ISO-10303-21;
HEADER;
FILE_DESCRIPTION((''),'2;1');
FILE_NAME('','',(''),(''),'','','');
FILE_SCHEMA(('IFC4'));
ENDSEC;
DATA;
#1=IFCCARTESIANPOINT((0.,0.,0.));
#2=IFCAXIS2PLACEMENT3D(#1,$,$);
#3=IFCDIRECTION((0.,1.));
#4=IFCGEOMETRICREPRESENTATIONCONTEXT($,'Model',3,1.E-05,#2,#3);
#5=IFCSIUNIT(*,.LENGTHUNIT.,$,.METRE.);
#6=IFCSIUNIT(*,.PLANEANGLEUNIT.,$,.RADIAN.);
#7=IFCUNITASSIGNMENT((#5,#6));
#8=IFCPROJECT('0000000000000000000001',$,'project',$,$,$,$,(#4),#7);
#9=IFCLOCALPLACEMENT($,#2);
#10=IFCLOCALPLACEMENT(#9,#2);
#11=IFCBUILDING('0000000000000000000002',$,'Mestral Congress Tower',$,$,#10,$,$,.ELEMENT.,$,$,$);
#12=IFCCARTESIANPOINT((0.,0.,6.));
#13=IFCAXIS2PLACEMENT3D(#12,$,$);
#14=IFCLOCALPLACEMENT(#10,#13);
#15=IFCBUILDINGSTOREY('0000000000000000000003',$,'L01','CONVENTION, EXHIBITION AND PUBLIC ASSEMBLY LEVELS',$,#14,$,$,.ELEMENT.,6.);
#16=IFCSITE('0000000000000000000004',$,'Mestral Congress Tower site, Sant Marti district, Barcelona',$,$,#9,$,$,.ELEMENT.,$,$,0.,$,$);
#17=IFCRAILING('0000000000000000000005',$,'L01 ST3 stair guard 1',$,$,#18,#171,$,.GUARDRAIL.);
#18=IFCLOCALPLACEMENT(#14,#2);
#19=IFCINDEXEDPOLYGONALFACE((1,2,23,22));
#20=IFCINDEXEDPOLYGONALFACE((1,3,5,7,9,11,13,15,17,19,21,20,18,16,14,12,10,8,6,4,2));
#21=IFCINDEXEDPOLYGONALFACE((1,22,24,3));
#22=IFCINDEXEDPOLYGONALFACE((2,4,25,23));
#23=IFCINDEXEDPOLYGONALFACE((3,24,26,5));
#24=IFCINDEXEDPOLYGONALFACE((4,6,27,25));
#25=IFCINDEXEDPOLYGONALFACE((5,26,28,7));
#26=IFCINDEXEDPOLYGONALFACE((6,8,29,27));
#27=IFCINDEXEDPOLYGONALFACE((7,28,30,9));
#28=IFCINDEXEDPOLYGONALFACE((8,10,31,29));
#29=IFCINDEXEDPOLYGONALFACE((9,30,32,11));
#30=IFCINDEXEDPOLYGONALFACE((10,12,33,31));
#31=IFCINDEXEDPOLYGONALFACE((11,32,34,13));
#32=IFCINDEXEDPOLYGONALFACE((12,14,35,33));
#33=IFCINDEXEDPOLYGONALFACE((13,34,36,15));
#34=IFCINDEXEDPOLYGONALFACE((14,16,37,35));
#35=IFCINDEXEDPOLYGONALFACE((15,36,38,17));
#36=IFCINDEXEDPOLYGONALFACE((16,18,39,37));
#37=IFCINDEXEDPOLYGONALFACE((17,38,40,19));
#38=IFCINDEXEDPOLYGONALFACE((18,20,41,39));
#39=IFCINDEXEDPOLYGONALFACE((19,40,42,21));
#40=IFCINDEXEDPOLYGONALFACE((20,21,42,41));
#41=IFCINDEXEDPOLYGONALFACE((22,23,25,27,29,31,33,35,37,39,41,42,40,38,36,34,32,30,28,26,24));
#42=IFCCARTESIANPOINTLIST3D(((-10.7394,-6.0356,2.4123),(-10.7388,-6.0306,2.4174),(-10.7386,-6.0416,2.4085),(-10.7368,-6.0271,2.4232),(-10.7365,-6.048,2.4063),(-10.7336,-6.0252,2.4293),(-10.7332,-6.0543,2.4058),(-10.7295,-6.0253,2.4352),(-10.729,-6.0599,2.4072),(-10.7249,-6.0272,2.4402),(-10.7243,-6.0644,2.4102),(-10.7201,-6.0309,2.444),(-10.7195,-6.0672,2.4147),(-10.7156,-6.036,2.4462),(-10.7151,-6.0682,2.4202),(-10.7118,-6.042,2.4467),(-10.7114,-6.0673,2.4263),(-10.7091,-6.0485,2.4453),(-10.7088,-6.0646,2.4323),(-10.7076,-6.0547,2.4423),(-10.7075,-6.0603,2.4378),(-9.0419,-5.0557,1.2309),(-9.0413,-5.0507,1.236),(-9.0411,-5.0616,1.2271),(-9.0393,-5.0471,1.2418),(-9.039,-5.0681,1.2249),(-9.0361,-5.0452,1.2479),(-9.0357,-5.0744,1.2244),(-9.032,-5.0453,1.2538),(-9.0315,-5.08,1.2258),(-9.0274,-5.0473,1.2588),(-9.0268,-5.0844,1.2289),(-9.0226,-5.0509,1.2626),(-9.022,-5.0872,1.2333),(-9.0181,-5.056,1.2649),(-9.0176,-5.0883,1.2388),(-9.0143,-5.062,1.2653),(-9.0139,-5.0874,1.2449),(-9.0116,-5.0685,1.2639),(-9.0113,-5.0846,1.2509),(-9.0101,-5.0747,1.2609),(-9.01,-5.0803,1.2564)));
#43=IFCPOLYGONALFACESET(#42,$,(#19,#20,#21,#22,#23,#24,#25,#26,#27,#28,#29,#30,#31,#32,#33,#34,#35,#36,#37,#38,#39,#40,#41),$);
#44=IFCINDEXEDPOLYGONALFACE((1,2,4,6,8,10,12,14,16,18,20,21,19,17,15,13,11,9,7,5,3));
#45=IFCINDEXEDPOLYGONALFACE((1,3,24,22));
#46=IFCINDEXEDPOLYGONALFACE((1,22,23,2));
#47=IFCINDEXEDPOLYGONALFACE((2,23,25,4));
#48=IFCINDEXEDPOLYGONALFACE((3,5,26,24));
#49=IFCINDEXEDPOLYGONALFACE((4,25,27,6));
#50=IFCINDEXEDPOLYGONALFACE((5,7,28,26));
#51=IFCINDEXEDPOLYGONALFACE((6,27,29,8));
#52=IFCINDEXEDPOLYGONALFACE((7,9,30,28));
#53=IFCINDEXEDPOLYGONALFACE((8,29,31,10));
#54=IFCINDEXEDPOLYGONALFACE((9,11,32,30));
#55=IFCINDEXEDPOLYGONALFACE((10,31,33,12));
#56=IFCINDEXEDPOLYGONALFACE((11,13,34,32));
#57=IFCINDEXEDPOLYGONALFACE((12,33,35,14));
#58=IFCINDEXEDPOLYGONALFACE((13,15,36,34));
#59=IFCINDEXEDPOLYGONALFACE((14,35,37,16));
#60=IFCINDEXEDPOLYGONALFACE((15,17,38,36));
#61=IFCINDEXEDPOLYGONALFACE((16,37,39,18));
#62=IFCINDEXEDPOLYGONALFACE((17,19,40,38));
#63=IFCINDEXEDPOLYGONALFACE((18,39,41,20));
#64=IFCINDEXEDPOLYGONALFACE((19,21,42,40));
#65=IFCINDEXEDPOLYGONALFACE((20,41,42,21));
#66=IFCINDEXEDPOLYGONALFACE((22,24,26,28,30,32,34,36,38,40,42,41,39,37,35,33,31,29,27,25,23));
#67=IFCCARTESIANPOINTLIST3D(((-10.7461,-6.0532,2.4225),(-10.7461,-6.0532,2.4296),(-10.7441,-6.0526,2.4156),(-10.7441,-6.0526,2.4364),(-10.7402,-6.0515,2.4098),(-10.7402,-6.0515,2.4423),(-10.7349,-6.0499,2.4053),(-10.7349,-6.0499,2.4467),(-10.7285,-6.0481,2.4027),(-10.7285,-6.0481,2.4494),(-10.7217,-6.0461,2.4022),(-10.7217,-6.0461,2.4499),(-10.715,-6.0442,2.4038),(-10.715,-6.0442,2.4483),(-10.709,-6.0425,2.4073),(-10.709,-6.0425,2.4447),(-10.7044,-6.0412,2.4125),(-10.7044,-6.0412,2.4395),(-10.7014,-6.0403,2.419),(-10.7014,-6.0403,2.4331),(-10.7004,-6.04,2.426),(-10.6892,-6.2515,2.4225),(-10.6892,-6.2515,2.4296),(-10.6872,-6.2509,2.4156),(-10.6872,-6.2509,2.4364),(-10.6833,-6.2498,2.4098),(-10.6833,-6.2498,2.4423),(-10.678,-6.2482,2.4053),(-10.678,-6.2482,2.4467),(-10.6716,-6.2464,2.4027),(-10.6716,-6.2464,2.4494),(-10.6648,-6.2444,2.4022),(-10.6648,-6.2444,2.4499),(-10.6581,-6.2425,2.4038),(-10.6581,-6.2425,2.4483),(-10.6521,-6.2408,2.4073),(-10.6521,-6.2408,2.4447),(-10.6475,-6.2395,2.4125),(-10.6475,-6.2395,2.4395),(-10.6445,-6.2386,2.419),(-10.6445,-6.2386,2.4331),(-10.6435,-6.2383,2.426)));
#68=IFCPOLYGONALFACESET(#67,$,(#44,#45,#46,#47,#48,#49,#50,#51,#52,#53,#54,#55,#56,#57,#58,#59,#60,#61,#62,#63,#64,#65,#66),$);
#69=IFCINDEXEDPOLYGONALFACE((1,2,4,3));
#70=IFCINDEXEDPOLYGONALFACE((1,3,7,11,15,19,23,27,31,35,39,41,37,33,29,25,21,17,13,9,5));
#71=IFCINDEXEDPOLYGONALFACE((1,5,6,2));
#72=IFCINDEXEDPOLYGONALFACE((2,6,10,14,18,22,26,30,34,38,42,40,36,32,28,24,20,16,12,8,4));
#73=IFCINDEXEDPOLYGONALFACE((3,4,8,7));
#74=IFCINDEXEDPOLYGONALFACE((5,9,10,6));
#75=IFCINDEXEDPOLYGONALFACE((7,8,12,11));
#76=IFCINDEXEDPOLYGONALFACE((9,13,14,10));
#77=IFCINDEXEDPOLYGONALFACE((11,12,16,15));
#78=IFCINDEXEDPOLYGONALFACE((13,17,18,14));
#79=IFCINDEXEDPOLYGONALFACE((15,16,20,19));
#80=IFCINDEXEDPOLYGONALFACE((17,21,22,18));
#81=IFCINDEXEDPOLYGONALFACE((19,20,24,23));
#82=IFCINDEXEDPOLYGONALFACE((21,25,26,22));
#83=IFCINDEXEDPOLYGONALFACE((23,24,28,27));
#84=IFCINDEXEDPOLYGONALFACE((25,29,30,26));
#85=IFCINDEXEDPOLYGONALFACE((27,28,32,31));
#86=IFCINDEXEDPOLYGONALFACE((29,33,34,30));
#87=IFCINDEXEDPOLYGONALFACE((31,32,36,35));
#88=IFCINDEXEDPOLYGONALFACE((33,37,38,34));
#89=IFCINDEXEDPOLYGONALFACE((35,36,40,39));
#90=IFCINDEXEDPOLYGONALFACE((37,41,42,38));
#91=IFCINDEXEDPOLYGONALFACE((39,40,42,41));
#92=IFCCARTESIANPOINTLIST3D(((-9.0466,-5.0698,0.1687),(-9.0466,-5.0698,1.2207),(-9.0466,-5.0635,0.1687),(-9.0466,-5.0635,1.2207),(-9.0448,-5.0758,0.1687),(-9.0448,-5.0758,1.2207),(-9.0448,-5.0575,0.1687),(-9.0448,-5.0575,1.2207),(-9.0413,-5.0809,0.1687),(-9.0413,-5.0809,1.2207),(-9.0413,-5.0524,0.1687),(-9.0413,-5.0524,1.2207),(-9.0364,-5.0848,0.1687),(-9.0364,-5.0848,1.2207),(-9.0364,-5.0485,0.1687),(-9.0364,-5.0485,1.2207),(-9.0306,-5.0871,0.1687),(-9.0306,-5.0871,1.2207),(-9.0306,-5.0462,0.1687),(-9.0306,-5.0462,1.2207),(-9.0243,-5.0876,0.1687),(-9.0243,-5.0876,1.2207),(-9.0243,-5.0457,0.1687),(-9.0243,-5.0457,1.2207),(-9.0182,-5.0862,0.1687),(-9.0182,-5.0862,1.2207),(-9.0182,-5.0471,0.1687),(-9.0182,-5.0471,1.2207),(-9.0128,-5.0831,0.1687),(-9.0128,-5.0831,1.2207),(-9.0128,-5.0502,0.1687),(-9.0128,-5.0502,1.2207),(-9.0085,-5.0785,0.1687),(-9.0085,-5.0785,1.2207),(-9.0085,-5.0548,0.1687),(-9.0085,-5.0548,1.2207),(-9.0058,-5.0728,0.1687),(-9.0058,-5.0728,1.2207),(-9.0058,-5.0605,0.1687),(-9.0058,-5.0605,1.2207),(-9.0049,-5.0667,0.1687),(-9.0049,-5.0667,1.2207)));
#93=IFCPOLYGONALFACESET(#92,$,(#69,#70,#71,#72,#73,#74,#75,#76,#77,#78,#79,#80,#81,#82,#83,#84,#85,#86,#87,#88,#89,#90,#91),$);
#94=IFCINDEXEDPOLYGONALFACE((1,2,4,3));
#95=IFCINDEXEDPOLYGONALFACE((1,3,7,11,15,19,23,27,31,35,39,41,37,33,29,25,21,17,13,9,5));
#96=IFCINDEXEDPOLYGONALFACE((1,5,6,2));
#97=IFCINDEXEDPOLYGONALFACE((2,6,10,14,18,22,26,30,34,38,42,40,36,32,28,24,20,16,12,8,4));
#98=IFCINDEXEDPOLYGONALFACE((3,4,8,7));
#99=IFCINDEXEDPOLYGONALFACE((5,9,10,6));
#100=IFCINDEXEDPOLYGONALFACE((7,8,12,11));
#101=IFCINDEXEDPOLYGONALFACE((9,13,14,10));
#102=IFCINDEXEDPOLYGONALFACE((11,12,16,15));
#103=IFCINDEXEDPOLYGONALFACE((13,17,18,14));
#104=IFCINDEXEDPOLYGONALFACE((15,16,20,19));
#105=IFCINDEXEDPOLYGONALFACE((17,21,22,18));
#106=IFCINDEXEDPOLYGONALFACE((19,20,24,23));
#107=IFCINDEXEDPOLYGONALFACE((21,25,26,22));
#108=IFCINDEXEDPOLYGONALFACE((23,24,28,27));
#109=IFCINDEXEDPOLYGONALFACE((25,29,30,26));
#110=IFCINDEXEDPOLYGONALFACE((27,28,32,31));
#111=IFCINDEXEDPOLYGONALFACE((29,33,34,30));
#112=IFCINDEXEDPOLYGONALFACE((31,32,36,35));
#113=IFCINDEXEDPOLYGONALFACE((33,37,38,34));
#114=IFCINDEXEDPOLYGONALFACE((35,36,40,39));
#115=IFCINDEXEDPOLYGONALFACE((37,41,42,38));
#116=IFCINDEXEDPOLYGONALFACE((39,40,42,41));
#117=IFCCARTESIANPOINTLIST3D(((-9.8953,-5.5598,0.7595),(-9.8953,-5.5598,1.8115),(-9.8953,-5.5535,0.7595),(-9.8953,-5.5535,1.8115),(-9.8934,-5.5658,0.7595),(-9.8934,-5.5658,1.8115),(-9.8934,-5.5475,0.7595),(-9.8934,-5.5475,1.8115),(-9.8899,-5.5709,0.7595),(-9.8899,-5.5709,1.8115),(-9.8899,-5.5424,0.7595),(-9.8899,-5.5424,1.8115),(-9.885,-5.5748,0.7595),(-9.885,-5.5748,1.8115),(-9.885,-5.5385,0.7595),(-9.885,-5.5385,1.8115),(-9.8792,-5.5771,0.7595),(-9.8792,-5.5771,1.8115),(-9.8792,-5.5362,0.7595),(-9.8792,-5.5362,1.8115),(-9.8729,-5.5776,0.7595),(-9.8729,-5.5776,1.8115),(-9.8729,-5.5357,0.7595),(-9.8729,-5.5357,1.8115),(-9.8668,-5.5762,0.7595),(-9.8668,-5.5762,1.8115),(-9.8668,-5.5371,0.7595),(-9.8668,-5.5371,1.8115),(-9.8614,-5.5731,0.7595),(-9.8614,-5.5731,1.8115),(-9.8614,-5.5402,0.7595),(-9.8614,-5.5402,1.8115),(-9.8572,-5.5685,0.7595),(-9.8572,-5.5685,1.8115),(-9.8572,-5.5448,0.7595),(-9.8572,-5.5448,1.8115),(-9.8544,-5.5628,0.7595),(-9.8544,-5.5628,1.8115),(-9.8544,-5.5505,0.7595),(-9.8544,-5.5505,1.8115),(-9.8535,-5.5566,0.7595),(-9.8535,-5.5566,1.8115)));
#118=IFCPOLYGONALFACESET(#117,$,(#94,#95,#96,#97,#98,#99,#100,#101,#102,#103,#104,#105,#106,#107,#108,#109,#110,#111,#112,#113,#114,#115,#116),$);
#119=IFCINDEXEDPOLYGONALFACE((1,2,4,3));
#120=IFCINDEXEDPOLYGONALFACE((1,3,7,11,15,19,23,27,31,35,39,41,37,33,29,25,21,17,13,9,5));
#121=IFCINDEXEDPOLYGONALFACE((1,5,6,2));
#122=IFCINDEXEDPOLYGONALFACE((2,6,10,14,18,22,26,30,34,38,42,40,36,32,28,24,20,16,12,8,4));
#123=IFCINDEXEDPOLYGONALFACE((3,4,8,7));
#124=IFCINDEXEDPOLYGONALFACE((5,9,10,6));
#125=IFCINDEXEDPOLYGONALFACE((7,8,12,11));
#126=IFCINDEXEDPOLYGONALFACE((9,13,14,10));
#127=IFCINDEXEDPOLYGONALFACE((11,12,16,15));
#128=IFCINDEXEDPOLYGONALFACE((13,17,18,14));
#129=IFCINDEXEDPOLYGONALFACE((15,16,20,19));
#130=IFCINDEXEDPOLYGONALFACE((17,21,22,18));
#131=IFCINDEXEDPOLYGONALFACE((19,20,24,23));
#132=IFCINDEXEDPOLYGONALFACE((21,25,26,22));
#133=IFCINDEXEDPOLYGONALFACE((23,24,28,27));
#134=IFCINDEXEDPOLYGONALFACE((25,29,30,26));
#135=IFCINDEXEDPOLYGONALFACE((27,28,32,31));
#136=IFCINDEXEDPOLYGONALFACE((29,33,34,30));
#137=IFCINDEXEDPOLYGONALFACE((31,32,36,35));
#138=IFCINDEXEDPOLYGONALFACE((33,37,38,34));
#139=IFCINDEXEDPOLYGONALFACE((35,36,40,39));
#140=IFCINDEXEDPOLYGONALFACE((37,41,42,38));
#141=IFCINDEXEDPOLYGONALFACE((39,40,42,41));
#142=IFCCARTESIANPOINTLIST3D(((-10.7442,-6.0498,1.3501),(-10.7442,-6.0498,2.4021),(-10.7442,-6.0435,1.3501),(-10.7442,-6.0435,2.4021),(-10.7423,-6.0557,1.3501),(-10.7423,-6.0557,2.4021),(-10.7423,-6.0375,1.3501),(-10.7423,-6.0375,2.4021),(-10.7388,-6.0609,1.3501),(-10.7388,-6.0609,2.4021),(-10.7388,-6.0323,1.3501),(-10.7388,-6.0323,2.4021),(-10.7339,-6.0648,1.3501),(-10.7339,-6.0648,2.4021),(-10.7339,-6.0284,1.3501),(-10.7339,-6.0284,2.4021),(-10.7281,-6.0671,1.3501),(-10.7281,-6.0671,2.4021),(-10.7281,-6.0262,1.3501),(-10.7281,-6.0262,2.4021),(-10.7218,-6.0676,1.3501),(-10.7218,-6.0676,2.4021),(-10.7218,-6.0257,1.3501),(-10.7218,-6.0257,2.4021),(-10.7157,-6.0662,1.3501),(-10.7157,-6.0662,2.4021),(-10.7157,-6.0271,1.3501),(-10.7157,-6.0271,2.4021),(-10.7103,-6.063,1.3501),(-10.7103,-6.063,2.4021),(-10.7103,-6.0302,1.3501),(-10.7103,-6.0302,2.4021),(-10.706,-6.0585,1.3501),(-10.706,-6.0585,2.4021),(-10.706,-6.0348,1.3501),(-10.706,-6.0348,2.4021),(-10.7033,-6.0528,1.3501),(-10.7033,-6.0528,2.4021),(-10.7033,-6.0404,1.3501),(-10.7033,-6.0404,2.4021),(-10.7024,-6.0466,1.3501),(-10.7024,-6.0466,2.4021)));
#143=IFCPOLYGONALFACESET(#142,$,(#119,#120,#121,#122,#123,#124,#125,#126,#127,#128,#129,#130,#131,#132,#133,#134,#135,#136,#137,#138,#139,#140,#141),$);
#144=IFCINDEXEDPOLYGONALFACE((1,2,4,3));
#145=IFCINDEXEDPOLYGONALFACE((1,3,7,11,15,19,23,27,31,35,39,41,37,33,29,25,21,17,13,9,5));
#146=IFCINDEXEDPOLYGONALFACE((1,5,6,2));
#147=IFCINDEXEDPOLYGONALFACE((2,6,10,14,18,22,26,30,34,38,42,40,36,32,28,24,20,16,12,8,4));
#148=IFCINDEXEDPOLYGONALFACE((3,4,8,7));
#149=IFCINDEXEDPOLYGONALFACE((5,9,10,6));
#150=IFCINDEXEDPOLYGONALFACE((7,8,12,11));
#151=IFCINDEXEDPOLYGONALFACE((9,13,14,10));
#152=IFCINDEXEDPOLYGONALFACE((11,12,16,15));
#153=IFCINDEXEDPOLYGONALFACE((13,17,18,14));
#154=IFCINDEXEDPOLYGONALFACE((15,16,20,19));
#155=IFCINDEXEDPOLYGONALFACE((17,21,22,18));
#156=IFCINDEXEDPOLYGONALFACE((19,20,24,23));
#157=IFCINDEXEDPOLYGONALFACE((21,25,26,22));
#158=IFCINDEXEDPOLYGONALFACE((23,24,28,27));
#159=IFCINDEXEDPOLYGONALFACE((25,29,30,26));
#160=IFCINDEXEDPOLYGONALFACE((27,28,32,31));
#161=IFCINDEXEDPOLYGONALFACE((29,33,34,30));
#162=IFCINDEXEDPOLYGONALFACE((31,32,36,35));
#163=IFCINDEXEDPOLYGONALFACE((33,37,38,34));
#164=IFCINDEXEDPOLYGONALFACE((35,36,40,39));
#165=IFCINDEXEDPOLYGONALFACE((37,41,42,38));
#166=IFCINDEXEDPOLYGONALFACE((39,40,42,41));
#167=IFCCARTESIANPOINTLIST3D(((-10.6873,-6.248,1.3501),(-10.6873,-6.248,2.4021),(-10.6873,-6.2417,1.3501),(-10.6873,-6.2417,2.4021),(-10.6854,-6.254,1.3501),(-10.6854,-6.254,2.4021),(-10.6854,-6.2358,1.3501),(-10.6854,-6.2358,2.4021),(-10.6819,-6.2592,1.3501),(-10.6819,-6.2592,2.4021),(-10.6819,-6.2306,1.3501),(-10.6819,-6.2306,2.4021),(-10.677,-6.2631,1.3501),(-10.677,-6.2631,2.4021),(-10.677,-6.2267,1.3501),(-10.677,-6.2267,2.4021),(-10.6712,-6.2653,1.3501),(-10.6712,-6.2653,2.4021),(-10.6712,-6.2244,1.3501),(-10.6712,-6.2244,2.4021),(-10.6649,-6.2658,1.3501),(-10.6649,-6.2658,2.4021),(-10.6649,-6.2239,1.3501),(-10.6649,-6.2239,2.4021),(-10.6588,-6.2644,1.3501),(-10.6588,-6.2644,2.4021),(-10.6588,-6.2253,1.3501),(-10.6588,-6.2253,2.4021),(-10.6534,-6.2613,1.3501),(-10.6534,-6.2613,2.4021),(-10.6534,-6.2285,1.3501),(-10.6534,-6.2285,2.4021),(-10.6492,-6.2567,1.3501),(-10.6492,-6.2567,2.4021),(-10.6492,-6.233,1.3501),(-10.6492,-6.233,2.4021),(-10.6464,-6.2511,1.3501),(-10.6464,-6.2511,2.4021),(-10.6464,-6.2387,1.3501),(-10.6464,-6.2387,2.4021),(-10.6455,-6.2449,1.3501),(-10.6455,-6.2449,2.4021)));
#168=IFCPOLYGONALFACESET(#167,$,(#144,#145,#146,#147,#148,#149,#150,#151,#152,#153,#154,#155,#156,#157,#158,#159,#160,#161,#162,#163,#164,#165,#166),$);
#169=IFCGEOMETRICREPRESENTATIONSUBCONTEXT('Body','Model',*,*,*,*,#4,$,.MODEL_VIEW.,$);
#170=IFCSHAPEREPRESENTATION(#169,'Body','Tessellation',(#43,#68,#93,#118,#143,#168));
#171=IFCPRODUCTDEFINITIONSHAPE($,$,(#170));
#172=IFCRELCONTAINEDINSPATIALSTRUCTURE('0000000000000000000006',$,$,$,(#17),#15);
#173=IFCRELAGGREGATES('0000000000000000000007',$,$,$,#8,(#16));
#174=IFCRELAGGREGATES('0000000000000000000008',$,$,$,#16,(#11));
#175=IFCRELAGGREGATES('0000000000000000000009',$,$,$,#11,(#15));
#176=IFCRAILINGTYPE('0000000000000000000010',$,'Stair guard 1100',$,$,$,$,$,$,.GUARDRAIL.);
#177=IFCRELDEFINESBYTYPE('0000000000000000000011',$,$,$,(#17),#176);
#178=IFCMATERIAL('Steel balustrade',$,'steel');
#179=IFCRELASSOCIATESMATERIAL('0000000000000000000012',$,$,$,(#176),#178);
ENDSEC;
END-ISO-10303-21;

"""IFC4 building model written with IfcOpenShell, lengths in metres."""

from ifc_helpers import new_model, si_unit, direction, frame, origin, origin_2d, place, context, subcontext, project, spatial, circle, extrude, material, type_object, element, save


model = new_model("IFC4")

# Units and contexts
model_context = context("Model", 3, precision=1e-05, world=origin(), true_north=direction((0.0, 1.0)))
body_context = subcontext(model_context, "Body", "Model", "MODEL_VIEW")
ifc_project = project(units=[si_unit("LENGTHUNIT", "METRE"), si_unit("PLANEANGLEUNIT", "RADIAN")], contexts=[model_context])

# Site, building, storey
site_placement = place(None, origin())
site = spatial("IfcSite", under=ifc_project, at=site_placement, Name="Mestral Congress Tower site, Sant Marti district, Barcelona", CompositionType="ELEMENT", RefElevation=0.0)
building_placement = place(site_placement, origin())
building = spatial("IfcBuilding", under=site, at=building_placement, Name="Mestral Congress Tower", CompositionType="ELEMENT")
storey_placement = place(building_placement, frame((0.0, 0.0, 6.0)))
storey = spatial("IfcBuildingStorey", under=building, at=storey_placement, Name="L01", Description="CONVENTION, EXHIBITION AND PUBLIC ASSEMBLY LEVELS", CompositionType="ELEMENT", Elevation=6.0)

# Railing
ifc_material_1 = material(Name="Steel balustrade", Category="steel")
railing_type_1 = type_object("IfcRailingType", Name="Stair guard 1100", PredefinedType="GUARDRAIL", material=ifc_material_1)
for number, where, name in (
    (1, (-9.0259, -5.0667, 0.1687), "L01 ST3 stair guard 1"),
):
    element("IfcRailing", number, at=place(storey_placement, frame(where)), inside=storey, type_object=railing_type_1, Name=name, PredefinedType="GUARDRAIL", context=body_context, shape_type="SweptSolid", body=[
        extrude(circle(Radius=0.0239, at=origin_2d()), frame((0.0, 0.0, 1.0762), z_axis=(-0.741731, -0.428205, 0.516214), x_axis=(0.49997, -0.866042, 0.0)), (0.0, 0.0, 1.0), 2.2886),
        extrude(circle(Radius=0.0239, at=origin_2d()), frame((-1.6975, -0.98, 2.2573), z_axis=(0.275815, -0.961211, 0.0), x_axis=(0.961211, 0.275815, 0.0)), (0.0, 0.0, 1.0), 0.2063),
        extrude(circle(Radius=0.021, at=origin_2d()), origin(), (0.0, 0.0, 1.0), 1.052),
        extrude(circle(Radius=0.021, at=origin_2d()), frame((-0.8486, -0.49, 0.5908)), (0.0, 0.0, 1.0), 1.052),
        extrude(circle(Radius=0.021, at=origin_2d()), frame((-1.6975, -0.98, 1.1814)), (0.0, 0.0, 1.0), 1.052),
        extrude(circle(Radius=0.021, at=origin_2d()), frame((-1.6406, -1.1782, 1.1814)), (0.0, 0.0, 1.0), 1.052),
    ])

save(model, "model.ifc")
